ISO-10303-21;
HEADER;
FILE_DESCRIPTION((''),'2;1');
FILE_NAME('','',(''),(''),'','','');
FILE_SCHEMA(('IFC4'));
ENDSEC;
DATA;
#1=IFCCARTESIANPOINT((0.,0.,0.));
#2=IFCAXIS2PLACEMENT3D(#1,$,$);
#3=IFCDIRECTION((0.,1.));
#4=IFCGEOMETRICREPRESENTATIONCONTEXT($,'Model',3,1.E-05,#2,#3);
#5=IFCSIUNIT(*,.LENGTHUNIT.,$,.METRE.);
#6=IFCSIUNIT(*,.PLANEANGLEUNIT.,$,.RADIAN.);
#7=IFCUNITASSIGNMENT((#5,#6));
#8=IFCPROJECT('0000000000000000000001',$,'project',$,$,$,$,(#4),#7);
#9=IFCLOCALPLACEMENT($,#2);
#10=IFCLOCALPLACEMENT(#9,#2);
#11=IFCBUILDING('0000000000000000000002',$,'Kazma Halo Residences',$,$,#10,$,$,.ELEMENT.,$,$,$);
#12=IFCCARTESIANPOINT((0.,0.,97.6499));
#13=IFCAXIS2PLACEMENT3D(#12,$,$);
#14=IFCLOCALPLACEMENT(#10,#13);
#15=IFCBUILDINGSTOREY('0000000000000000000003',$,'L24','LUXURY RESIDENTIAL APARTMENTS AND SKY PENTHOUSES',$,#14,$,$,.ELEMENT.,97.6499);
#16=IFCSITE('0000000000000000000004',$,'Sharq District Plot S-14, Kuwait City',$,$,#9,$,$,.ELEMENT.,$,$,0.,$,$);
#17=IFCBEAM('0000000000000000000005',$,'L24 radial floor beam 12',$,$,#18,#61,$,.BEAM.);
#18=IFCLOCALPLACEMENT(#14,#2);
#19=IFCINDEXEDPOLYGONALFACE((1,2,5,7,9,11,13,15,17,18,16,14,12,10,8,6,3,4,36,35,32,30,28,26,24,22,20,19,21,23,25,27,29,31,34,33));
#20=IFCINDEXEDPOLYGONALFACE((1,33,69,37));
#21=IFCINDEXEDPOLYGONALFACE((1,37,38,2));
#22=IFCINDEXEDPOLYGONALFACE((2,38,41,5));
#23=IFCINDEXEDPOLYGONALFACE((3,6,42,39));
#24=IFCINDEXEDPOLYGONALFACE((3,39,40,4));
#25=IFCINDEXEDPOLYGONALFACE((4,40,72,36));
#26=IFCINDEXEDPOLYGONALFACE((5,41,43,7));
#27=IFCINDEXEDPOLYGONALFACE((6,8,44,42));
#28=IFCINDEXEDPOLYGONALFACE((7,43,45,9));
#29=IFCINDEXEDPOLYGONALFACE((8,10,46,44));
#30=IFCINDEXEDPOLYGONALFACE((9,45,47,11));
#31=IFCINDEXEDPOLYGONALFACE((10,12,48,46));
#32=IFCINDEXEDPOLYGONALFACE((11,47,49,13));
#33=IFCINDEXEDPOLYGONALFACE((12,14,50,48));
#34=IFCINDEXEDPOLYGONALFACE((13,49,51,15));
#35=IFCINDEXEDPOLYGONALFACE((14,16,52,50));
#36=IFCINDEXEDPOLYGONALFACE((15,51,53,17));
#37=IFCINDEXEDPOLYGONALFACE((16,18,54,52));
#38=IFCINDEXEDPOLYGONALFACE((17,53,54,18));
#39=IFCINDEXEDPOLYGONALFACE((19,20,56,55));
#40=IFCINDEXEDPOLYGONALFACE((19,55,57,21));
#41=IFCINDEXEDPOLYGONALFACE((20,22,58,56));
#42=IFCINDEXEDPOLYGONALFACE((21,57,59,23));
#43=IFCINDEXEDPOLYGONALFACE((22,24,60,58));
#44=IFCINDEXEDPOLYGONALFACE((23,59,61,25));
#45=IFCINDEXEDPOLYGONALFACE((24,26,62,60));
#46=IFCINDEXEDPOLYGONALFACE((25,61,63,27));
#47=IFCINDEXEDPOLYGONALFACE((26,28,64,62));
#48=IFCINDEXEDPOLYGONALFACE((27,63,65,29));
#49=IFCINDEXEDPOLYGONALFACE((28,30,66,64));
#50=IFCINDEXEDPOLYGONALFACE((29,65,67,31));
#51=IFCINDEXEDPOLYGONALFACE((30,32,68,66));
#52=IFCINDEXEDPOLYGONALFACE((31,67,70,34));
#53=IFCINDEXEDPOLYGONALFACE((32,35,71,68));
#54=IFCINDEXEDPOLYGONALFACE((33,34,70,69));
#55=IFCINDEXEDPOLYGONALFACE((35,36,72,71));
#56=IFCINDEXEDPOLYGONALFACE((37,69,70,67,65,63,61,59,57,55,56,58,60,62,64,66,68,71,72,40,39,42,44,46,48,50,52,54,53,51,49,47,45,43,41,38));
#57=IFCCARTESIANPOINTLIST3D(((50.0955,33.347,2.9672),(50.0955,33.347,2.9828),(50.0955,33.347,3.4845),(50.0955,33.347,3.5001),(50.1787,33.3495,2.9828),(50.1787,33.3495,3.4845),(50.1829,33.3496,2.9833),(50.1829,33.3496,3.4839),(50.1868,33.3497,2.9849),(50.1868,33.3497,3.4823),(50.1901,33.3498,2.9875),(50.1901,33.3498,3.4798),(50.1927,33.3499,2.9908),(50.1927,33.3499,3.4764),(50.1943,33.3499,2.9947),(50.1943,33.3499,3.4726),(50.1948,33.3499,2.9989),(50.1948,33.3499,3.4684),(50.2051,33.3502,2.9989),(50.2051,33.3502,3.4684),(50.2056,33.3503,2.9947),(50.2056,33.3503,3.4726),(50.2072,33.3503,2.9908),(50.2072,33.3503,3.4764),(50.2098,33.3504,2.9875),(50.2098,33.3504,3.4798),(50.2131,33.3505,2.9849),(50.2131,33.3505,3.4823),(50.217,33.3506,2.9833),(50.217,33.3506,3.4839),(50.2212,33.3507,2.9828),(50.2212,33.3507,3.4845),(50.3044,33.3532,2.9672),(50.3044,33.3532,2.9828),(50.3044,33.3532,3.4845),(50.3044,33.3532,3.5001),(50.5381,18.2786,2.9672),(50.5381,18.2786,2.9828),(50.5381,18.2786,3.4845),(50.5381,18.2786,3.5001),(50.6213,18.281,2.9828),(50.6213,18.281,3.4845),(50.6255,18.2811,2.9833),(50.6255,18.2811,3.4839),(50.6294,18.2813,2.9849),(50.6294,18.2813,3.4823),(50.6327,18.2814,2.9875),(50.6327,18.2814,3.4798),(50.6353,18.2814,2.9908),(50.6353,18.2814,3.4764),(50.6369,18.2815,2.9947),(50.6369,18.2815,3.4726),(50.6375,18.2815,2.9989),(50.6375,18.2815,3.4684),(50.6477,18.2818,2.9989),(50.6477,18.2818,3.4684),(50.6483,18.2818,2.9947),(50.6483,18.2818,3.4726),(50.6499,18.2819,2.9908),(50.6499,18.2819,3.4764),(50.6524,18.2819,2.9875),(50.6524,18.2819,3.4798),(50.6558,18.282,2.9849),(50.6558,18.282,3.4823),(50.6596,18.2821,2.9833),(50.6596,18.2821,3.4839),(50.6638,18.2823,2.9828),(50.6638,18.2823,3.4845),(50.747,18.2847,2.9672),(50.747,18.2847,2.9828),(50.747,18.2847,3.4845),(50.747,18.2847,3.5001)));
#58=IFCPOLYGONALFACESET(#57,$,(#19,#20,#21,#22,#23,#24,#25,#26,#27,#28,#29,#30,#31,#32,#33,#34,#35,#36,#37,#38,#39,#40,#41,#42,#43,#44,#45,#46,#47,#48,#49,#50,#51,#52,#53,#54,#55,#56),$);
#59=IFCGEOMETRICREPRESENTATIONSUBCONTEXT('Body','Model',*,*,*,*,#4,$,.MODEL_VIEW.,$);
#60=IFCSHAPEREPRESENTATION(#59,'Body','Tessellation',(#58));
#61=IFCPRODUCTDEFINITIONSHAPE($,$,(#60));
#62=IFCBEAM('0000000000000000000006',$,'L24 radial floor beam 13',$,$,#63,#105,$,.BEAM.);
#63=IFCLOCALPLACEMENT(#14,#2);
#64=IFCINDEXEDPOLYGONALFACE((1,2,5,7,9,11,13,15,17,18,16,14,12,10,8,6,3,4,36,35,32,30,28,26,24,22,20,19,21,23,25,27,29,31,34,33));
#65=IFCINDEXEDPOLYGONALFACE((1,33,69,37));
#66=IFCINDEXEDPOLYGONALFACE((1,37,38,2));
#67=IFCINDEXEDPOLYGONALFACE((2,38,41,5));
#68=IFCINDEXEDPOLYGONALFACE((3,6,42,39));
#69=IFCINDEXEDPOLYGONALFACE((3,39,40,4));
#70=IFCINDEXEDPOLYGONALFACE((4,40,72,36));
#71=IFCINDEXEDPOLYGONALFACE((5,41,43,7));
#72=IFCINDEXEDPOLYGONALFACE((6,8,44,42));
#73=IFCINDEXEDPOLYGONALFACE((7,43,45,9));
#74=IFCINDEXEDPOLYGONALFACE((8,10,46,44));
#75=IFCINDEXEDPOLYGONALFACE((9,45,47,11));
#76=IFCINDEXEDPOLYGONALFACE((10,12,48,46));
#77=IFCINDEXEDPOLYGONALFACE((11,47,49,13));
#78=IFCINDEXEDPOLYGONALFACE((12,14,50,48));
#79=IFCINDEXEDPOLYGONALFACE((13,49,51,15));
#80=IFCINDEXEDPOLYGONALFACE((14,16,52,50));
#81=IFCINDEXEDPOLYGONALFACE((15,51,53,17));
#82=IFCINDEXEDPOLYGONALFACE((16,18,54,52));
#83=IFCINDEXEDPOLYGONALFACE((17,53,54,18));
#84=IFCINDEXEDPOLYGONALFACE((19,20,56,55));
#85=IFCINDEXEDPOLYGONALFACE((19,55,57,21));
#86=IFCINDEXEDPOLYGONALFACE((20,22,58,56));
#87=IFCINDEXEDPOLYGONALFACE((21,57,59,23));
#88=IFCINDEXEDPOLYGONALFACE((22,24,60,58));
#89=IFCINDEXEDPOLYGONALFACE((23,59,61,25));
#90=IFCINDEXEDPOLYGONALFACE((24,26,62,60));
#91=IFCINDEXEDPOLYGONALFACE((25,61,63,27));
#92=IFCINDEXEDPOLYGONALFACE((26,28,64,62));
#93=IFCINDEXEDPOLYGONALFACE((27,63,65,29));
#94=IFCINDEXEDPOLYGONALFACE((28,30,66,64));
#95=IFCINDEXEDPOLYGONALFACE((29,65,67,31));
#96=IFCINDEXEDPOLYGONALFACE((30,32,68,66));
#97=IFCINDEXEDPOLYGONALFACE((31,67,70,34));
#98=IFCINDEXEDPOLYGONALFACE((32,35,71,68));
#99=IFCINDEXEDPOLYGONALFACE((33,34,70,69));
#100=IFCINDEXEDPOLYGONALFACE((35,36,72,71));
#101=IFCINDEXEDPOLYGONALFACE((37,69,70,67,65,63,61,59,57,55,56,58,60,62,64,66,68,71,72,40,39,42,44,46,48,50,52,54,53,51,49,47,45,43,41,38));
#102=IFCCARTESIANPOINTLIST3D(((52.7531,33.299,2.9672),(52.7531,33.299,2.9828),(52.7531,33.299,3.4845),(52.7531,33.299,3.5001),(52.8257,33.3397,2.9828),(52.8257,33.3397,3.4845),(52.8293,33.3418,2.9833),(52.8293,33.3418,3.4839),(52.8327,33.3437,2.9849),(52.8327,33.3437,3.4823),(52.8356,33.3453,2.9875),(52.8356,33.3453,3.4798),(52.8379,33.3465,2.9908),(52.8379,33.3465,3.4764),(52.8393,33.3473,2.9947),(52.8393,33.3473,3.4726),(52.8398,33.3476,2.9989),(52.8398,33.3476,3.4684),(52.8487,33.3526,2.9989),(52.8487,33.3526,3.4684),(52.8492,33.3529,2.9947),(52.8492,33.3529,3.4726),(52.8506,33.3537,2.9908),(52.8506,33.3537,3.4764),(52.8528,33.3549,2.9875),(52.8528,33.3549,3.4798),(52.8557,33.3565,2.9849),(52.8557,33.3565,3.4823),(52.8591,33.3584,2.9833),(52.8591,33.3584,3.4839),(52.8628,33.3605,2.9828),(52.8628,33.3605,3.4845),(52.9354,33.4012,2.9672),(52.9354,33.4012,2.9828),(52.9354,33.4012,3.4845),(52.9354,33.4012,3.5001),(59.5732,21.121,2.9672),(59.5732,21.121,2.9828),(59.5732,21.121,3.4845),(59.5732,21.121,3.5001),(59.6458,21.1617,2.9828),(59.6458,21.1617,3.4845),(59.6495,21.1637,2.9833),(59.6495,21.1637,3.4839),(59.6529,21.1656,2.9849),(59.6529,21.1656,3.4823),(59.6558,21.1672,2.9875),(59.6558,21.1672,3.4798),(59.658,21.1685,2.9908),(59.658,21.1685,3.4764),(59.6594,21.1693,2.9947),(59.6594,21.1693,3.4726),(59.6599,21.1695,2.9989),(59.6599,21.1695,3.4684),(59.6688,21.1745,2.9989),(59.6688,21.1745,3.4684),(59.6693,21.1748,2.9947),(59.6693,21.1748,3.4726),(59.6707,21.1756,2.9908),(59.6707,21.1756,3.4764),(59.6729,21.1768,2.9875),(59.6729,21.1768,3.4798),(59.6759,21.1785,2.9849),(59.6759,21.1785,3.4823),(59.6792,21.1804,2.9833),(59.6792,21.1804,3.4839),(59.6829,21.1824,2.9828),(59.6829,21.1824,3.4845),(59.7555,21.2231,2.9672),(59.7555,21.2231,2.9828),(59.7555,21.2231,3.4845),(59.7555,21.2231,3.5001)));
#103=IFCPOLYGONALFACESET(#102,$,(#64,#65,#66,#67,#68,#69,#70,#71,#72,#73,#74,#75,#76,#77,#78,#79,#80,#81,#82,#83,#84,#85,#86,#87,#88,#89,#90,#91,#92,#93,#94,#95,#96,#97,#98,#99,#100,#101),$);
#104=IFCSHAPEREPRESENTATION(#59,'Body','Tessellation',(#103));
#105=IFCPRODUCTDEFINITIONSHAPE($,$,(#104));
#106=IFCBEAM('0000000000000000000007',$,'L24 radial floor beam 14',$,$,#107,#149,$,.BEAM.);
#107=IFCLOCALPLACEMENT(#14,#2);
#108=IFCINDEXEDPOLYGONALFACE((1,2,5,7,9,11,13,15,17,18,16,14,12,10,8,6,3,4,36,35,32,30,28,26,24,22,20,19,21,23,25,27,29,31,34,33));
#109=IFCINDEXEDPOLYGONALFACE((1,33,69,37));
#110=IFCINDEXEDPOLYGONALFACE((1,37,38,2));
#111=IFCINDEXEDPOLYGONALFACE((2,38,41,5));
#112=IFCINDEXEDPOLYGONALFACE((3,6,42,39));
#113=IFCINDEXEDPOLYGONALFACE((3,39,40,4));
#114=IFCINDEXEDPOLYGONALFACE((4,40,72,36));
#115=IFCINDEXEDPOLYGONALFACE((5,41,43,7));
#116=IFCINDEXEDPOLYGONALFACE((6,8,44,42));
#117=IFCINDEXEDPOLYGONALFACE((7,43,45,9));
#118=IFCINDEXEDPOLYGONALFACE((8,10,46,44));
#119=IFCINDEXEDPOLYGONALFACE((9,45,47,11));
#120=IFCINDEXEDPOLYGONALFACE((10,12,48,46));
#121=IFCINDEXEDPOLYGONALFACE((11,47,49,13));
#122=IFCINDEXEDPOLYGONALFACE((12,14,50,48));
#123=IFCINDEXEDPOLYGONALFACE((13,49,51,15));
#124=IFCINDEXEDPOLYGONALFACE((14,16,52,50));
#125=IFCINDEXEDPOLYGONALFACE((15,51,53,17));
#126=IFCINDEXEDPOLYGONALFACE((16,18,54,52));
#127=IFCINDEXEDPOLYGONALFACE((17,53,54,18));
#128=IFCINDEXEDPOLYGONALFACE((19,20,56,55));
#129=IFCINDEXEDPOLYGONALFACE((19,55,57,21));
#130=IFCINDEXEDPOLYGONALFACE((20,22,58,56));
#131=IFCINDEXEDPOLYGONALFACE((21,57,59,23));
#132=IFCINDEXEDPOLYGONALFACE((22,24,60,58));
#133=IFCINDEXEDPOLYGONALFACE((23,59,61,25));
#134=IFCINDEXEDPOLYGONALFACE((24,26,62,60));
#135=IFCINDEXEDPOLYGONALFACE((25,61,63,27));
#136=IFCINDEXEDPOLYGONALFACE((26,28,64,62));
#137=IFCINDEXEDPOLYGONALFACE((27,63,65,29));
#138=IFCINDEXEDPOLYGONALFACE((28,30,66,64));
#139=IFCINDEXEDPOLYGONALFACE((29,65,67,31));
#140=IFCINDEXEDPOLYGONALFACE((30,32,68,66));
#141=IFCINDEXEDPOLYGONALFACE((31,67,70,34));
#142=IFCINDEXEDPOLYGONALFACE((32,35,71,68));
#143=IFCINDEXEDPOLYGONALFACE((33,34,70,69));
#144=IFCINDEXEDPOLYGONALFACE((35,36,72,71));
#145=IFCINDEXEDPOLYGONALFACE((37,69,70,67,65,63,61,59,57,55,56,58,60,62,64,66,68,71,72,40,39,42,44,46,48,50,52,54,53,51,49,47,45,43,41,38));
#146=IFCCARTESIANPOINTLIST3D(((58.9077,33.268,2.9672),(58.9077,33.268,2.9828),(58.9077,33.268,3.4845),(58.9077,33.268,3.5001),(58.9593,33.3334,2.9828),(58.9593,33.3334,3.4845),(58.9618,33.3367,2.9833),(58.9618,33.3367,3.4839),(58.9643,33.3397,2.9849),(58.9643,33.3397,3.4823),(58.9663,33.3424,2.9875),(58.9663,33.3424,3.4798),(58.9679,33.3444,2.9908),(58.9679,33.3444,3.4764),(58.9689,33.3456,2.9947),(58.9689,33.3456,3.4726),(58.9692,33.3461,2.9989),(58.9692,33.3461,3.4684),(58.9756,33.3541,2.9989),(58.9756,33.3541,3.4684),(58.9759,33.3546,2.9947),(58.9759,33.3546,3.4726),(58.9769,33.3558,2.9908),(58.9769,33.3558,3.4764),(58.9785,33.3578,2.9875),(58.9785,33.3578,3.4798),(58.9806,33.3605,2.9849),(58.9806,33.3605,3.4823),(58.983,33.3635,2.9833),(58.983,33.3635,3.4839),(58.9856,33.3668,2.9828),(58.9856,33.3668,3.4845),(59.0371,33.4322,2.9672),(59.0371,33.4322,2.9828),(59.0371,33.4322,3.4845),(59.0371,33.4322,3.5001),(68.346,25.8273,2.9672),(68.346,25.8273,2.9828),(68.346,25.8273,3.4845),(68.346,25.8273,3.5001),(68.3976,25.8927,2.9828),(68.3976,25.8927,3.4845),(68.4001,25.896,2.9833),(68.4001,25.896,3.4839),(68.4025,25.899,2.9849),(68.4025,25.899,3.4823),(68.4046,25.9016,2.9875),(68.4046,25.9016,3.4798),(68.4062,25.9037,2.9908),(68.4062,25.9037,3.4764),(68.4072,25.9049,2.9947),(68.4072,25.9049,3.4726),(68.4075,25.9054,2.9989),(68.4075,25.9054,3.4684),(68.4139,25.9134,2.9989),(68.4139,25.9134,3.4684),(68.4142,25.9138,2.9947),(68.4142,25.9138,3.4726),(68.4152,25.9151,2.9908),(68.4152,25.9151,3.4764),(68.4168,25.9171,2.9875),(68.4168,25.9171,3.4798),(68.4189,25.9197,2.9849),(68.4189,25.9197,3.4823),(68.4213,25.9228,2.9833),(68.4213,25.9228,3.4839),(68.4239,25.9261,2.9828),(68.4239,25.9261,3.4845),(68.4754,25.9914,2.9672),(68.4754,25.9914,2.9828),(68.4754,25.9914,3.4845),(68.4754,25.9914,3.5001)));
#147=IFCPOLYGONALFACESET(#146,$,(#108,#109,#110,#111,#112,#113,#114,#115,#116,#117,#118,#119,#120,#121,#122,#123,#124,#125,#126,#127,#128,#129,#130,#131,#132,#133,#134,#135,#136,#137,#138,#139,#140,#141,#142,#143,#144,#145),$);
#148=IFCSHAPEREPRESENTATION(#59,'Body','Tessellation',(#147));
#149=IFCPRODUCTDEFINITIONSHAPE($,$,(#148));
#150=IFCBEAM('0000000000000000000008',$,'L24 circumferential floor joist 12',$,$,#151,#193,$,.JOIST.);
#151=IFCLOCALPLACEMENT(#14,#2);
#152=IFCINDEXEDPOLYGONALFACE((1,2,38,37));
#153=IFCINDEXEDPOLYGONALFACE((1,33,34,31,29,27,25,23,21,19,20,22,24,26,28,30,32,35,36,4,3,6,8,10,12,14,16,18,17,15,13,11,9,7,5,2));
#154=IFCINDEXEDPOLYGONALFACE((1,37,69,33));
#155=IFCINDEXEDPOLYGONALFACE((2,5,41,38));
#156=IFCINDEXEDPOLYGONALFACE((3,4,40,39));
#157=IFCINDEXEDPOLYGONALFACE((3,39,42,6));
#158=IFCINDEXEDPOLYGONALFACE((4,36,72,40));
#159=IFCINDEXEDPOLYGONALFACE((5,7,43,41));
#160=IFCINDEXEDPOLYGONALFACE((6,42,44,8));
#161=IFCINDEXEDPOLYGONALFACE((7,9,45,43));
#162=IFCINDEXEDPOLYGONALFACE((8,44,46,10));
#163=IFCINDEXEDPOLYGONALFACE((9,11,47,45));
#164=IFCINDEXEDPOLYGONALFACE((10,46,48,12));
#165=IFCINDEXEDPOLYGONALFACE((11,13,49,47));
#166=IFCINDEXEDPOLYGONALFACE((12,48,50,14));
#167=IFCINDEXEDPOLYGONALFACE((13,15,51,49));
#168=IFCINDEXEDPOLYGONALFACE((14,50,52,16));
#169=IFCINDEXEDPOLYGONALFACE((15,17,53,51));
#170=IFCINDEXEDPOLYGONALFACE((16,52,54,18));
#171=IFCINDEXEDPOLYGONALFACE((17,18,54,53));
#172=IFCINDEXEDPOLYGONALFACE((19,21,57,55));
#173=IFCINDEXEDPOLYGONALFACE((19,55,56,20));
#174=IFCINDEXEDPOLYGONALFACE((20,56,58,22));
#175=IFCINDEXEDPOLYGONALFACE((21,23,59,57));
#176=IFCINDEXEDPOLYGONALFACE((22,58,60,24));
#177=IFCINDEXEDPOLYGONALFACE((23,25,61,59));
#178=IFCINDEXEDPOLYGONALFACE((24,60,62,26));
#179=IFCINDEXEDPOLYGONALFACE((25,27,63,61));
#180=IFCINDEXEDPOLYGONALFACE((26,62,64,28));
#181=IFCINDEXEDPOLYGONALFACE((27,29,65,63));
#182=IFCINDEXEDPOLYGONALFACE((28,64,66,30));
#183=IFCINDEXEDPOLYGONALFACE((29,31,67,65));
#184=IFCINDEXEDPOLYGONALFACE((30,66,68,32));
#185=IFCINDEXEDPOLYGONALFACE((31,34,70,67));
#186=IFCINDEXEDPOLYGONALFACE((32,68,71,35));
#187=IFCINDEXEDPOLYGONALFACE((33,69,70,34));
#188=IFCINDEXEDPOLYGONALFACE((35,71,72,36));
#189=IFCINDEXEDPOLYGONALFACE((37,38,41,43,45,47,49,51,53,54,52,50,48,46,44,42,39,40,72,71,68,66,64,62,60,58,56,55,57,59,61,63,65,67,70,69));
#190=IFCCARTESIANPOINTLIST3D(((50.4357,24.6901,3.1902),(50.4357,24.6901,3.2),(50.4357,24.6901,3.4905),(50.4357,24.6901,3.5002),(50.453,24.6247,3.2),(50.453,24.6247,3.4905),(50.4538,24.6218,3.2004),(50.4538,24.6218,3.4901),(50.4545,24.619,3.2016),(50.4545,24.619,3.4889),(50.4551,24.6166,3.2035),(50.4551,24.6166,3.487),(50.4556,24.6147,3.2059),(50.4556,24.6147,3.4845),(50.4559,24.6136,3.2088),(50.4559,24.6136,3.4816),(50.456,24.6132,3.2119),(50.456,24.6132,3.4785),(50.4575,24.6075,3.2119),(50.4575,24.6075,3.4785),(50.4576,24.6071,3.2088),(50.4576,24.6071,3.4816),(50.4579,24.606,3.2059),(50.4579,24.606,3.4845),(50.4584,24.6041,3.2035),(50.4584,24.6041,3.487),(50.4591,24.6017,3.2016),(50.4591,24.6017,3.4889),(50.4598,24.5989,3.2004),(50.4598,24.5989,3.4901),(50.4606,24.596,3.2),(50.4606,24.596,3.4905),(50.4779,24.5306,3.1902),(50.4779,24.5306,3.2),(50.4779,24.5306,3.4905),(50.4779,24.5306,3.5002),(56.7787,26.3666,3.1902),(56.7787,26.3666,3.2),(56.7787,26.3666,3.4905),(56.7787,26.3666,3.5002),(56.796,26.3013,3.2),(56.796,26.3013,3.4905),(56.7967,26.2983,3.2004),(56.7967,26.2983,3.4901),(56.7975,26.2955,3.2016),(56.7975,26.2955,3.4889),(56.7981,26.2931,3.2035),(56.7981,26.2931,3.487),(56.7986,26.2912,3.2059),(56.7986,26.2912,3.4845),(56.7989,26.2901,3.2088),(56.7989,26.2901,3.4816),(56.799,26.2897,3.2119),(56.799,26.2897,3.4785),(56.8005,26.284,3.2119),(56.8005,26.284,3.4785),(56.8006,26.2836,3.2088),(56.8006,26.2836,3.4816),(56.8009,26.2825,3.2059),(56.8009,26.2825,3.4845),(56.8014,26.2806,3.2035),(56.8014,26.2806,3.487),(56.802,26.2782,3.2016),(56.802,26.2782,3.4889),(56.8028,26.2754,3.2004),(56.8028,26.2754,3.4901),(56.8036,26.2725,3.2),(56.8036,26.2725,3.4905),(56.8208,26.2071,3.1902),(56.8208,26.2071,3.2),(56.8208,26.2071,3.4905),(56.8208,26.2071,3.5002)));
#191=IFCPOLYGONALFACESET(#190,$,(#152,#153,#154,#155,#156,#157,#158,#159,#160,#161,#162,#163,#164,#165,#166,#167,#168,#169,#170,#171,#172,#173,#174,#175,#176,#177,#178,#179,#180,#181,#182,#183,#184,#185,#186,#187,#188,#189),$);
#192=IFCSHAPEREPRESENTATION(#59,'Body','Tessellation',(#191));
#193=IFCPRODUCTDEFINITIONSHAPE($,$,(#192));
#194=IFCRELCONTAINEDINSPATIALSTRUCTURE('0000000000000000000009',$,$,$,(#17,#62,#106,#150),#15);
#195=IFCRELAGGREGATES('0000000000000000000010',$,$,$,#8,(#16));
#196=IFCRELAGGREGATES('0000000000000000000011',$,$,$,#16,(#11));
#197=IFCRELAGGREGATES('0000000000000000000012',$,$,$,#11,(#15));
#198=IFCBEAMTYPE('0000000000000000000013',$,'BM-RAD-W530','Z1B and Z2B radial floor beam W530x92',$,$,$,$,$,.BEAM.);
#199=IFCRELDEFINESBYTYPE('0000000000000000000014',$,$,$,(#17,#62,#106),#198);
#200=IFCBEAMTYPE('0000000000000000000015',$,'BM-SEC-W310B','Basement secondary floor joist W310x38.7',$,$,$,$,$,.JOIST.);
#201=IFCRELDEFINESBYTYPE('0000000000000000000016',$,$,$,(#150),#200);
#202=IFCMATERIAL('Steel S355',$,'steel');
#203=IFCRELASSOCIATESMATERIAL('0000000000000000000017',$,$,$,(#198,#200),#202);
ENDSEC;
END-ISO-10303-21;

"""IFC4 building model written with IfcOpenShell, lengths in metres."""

from ifc_helpers import new_model, si_unit, direction, frame, origin, origin_2d, place, context, subcontext, project, spatial, i_section, extrude, material, material_profile, profile_set, type_object, element, save


model = new_model("IFC4")

# Units and contexts
model_context = context("Model", 3, precision=1e-05, world=origin(), true_north=direction((0.0, 1.0)))
body_context = subcontext(model_context, "Body", "Model", "MODEL_VIEW")
ifc_project = project(units=[si_unit("LENGTHUNIT", "METRE"), si_unit("PLANEANGLEUNIT", "RADIAN")], contexts=[model_context])

# Site, building, storey
site_placement = place(None, origin())
site = spatial("IfcSite", under=ifc_project, at=site_placement, Name="Sharq District Plot S-14, Kuwait City", CompositionType="ELEMENT", RefElevation=0.0)
building_placement = place(site_placement, origin())
building = spatial("IfcBuilding", under=site, at=building_placement, Name="Kazma Halo Residences", CompositionType="ELEMENT")
storey_placement = place(building_placement, frame((0.0, 0.0, 97.6499)))
storey = spatial("IfcBuildingStorey", under=building, at=storey_placement, Name="L24", Description="LUXURY RESIDENTIAL APARTMENTS AND SKY PENTHOUSES", CompositionType="ELEMENT", Elevation=97.6499)

# Beams
ifc_material_1 = material(Name="Steel S355", Category="steel")
ifc_material_profile_1 = material_profile(ifc_material_1, i_section(OverallWidth=0.209, OverallDepth=0.533, WebThickness=0.0103, FlangeThickness=0.0156, FilletRadius=0.0161, at=origin_2d()), Name="W530x92")
ifc_profile_set_1 = profile_set([ifc_material_profile_1], Name="Steel S355")
beam_type_1 = type_object("IfcBeamType", Name="BM-RAD-W530", Description="Z1B and Z2B radial floor beam W530x92", PredefinedType="BEAM", material=ifc_profile_set_1)
beam_1_placement = place(storey_placement, frame((50.2, 33.3501, 3.2336), z_axis=(0.029362, -0.999569, 0.0), x_axis=(0.999569, 0.029362, 0.0)))
element("IfcBeam", 1, at=beam_1_placement, inside=storey, type_object=beam_type_1, Name="L24 radial floor beam 12", PredefinedType="BEAM", context=body_context, shape_type="SweptSolid", body=[
    extrude(i_section(OverallWidth=0.209, OverallDepth=0.533, WebThickness=0.0103, FlangeThickness=0.0156, FilletRadius=0.0161, at=origin_2d()), origin(), (0.0, 0.0, 1.0), 15.075),
])
beam_2_placement = place(storey_placement, frame((52.8442, 33.3501, 3.2336), z_axis=(0.488625, -0.872494, 0.0), x_axis=(0.872494, 0.488625, 0.0)))
element("IfcBeam", 2, at=beam_2_placement, inside=storey, type_object=beam_type_1, Name="L24 radial floor beam 13", PredefinedType="BEAM", context=body_context, shape_type="SweptSolid", body=[
    extrude(i_section(OverallWidth=0.209, OverallDepth=0.533, WebThickness=0.0103, FlangeThickness=0.0156, FilletRadius=0.0161, at=origin_2d()), origin(), (0.0, 0.0, 1.0), 13.9578),
])
beam_3_placement = place(storey_placement, frame((58.9724, 33.3501, 3.2336), z_axis=(0.78531, -0.619103, 0.0), x_axis=(0.619103, 0.78531, 0.0)))
element("IfcBeam", 3, at=beam_3_placement, inside=storey, type_object=beam_type_1, Name="L24 radial floor beam 14", PredefinedType="BEAM", context=body_context, shape_type="SweptSolid", body=[
    extrude(i_section(OverallWidth=0.209, OverallDepth=0.533, WebThickness=0.0103, FlangeThickness=0.0156, FilletRadius=0.0161, at=origin_2d()), origin(), (0.0, 0.0, 1.0), 12.0186),
])
ifc_material_profile_2 = material_profile(ifc_material_1, i_section(OverallWidth=0.165, OverallDepth=0.3101, WebThickness=0.0059, FlangeThickness=0.0098, FilletRadius=0.012, at=origin_2d()), Name="W310x38.7")
ifc_profile_set_2 = profile_set([ifc_material_profile_2], Name="Steel S355")
beam_type_2 = type_object("IfcBeamType", Name="BM-SEC-W310B", Description="Basement secondary floor joist W310x38.7", PredefinedType="JOIST", material=ifc_profile_set_2)
beam_4_placement = place(storey_placement, frame((50.4568, 24.6104, 3.3452), z_axis=(0.9668, 0.255534, 0.0), x_axis=(-0.255534, 0.9668, 0.0)))
element("IfcBeam", 4, at=beam_4_placement, inside=storey, type_object=beam_type_2, Name="L24 circumferential floor joist 12", PredefinedType="JOIST", context=body_context, shape_type="SweptSolid", body=[
    extrude(i_section(OverallWidth=0.165, OverallDepth=0.3101, WebThickness=0.0059, FlangeThickness=0.0098, FilletRadius=0.012, at=origin_2d()), origin(), (0.0, 0.0, 1.0), 6.5608),
])

save(model, "model.ifc")
